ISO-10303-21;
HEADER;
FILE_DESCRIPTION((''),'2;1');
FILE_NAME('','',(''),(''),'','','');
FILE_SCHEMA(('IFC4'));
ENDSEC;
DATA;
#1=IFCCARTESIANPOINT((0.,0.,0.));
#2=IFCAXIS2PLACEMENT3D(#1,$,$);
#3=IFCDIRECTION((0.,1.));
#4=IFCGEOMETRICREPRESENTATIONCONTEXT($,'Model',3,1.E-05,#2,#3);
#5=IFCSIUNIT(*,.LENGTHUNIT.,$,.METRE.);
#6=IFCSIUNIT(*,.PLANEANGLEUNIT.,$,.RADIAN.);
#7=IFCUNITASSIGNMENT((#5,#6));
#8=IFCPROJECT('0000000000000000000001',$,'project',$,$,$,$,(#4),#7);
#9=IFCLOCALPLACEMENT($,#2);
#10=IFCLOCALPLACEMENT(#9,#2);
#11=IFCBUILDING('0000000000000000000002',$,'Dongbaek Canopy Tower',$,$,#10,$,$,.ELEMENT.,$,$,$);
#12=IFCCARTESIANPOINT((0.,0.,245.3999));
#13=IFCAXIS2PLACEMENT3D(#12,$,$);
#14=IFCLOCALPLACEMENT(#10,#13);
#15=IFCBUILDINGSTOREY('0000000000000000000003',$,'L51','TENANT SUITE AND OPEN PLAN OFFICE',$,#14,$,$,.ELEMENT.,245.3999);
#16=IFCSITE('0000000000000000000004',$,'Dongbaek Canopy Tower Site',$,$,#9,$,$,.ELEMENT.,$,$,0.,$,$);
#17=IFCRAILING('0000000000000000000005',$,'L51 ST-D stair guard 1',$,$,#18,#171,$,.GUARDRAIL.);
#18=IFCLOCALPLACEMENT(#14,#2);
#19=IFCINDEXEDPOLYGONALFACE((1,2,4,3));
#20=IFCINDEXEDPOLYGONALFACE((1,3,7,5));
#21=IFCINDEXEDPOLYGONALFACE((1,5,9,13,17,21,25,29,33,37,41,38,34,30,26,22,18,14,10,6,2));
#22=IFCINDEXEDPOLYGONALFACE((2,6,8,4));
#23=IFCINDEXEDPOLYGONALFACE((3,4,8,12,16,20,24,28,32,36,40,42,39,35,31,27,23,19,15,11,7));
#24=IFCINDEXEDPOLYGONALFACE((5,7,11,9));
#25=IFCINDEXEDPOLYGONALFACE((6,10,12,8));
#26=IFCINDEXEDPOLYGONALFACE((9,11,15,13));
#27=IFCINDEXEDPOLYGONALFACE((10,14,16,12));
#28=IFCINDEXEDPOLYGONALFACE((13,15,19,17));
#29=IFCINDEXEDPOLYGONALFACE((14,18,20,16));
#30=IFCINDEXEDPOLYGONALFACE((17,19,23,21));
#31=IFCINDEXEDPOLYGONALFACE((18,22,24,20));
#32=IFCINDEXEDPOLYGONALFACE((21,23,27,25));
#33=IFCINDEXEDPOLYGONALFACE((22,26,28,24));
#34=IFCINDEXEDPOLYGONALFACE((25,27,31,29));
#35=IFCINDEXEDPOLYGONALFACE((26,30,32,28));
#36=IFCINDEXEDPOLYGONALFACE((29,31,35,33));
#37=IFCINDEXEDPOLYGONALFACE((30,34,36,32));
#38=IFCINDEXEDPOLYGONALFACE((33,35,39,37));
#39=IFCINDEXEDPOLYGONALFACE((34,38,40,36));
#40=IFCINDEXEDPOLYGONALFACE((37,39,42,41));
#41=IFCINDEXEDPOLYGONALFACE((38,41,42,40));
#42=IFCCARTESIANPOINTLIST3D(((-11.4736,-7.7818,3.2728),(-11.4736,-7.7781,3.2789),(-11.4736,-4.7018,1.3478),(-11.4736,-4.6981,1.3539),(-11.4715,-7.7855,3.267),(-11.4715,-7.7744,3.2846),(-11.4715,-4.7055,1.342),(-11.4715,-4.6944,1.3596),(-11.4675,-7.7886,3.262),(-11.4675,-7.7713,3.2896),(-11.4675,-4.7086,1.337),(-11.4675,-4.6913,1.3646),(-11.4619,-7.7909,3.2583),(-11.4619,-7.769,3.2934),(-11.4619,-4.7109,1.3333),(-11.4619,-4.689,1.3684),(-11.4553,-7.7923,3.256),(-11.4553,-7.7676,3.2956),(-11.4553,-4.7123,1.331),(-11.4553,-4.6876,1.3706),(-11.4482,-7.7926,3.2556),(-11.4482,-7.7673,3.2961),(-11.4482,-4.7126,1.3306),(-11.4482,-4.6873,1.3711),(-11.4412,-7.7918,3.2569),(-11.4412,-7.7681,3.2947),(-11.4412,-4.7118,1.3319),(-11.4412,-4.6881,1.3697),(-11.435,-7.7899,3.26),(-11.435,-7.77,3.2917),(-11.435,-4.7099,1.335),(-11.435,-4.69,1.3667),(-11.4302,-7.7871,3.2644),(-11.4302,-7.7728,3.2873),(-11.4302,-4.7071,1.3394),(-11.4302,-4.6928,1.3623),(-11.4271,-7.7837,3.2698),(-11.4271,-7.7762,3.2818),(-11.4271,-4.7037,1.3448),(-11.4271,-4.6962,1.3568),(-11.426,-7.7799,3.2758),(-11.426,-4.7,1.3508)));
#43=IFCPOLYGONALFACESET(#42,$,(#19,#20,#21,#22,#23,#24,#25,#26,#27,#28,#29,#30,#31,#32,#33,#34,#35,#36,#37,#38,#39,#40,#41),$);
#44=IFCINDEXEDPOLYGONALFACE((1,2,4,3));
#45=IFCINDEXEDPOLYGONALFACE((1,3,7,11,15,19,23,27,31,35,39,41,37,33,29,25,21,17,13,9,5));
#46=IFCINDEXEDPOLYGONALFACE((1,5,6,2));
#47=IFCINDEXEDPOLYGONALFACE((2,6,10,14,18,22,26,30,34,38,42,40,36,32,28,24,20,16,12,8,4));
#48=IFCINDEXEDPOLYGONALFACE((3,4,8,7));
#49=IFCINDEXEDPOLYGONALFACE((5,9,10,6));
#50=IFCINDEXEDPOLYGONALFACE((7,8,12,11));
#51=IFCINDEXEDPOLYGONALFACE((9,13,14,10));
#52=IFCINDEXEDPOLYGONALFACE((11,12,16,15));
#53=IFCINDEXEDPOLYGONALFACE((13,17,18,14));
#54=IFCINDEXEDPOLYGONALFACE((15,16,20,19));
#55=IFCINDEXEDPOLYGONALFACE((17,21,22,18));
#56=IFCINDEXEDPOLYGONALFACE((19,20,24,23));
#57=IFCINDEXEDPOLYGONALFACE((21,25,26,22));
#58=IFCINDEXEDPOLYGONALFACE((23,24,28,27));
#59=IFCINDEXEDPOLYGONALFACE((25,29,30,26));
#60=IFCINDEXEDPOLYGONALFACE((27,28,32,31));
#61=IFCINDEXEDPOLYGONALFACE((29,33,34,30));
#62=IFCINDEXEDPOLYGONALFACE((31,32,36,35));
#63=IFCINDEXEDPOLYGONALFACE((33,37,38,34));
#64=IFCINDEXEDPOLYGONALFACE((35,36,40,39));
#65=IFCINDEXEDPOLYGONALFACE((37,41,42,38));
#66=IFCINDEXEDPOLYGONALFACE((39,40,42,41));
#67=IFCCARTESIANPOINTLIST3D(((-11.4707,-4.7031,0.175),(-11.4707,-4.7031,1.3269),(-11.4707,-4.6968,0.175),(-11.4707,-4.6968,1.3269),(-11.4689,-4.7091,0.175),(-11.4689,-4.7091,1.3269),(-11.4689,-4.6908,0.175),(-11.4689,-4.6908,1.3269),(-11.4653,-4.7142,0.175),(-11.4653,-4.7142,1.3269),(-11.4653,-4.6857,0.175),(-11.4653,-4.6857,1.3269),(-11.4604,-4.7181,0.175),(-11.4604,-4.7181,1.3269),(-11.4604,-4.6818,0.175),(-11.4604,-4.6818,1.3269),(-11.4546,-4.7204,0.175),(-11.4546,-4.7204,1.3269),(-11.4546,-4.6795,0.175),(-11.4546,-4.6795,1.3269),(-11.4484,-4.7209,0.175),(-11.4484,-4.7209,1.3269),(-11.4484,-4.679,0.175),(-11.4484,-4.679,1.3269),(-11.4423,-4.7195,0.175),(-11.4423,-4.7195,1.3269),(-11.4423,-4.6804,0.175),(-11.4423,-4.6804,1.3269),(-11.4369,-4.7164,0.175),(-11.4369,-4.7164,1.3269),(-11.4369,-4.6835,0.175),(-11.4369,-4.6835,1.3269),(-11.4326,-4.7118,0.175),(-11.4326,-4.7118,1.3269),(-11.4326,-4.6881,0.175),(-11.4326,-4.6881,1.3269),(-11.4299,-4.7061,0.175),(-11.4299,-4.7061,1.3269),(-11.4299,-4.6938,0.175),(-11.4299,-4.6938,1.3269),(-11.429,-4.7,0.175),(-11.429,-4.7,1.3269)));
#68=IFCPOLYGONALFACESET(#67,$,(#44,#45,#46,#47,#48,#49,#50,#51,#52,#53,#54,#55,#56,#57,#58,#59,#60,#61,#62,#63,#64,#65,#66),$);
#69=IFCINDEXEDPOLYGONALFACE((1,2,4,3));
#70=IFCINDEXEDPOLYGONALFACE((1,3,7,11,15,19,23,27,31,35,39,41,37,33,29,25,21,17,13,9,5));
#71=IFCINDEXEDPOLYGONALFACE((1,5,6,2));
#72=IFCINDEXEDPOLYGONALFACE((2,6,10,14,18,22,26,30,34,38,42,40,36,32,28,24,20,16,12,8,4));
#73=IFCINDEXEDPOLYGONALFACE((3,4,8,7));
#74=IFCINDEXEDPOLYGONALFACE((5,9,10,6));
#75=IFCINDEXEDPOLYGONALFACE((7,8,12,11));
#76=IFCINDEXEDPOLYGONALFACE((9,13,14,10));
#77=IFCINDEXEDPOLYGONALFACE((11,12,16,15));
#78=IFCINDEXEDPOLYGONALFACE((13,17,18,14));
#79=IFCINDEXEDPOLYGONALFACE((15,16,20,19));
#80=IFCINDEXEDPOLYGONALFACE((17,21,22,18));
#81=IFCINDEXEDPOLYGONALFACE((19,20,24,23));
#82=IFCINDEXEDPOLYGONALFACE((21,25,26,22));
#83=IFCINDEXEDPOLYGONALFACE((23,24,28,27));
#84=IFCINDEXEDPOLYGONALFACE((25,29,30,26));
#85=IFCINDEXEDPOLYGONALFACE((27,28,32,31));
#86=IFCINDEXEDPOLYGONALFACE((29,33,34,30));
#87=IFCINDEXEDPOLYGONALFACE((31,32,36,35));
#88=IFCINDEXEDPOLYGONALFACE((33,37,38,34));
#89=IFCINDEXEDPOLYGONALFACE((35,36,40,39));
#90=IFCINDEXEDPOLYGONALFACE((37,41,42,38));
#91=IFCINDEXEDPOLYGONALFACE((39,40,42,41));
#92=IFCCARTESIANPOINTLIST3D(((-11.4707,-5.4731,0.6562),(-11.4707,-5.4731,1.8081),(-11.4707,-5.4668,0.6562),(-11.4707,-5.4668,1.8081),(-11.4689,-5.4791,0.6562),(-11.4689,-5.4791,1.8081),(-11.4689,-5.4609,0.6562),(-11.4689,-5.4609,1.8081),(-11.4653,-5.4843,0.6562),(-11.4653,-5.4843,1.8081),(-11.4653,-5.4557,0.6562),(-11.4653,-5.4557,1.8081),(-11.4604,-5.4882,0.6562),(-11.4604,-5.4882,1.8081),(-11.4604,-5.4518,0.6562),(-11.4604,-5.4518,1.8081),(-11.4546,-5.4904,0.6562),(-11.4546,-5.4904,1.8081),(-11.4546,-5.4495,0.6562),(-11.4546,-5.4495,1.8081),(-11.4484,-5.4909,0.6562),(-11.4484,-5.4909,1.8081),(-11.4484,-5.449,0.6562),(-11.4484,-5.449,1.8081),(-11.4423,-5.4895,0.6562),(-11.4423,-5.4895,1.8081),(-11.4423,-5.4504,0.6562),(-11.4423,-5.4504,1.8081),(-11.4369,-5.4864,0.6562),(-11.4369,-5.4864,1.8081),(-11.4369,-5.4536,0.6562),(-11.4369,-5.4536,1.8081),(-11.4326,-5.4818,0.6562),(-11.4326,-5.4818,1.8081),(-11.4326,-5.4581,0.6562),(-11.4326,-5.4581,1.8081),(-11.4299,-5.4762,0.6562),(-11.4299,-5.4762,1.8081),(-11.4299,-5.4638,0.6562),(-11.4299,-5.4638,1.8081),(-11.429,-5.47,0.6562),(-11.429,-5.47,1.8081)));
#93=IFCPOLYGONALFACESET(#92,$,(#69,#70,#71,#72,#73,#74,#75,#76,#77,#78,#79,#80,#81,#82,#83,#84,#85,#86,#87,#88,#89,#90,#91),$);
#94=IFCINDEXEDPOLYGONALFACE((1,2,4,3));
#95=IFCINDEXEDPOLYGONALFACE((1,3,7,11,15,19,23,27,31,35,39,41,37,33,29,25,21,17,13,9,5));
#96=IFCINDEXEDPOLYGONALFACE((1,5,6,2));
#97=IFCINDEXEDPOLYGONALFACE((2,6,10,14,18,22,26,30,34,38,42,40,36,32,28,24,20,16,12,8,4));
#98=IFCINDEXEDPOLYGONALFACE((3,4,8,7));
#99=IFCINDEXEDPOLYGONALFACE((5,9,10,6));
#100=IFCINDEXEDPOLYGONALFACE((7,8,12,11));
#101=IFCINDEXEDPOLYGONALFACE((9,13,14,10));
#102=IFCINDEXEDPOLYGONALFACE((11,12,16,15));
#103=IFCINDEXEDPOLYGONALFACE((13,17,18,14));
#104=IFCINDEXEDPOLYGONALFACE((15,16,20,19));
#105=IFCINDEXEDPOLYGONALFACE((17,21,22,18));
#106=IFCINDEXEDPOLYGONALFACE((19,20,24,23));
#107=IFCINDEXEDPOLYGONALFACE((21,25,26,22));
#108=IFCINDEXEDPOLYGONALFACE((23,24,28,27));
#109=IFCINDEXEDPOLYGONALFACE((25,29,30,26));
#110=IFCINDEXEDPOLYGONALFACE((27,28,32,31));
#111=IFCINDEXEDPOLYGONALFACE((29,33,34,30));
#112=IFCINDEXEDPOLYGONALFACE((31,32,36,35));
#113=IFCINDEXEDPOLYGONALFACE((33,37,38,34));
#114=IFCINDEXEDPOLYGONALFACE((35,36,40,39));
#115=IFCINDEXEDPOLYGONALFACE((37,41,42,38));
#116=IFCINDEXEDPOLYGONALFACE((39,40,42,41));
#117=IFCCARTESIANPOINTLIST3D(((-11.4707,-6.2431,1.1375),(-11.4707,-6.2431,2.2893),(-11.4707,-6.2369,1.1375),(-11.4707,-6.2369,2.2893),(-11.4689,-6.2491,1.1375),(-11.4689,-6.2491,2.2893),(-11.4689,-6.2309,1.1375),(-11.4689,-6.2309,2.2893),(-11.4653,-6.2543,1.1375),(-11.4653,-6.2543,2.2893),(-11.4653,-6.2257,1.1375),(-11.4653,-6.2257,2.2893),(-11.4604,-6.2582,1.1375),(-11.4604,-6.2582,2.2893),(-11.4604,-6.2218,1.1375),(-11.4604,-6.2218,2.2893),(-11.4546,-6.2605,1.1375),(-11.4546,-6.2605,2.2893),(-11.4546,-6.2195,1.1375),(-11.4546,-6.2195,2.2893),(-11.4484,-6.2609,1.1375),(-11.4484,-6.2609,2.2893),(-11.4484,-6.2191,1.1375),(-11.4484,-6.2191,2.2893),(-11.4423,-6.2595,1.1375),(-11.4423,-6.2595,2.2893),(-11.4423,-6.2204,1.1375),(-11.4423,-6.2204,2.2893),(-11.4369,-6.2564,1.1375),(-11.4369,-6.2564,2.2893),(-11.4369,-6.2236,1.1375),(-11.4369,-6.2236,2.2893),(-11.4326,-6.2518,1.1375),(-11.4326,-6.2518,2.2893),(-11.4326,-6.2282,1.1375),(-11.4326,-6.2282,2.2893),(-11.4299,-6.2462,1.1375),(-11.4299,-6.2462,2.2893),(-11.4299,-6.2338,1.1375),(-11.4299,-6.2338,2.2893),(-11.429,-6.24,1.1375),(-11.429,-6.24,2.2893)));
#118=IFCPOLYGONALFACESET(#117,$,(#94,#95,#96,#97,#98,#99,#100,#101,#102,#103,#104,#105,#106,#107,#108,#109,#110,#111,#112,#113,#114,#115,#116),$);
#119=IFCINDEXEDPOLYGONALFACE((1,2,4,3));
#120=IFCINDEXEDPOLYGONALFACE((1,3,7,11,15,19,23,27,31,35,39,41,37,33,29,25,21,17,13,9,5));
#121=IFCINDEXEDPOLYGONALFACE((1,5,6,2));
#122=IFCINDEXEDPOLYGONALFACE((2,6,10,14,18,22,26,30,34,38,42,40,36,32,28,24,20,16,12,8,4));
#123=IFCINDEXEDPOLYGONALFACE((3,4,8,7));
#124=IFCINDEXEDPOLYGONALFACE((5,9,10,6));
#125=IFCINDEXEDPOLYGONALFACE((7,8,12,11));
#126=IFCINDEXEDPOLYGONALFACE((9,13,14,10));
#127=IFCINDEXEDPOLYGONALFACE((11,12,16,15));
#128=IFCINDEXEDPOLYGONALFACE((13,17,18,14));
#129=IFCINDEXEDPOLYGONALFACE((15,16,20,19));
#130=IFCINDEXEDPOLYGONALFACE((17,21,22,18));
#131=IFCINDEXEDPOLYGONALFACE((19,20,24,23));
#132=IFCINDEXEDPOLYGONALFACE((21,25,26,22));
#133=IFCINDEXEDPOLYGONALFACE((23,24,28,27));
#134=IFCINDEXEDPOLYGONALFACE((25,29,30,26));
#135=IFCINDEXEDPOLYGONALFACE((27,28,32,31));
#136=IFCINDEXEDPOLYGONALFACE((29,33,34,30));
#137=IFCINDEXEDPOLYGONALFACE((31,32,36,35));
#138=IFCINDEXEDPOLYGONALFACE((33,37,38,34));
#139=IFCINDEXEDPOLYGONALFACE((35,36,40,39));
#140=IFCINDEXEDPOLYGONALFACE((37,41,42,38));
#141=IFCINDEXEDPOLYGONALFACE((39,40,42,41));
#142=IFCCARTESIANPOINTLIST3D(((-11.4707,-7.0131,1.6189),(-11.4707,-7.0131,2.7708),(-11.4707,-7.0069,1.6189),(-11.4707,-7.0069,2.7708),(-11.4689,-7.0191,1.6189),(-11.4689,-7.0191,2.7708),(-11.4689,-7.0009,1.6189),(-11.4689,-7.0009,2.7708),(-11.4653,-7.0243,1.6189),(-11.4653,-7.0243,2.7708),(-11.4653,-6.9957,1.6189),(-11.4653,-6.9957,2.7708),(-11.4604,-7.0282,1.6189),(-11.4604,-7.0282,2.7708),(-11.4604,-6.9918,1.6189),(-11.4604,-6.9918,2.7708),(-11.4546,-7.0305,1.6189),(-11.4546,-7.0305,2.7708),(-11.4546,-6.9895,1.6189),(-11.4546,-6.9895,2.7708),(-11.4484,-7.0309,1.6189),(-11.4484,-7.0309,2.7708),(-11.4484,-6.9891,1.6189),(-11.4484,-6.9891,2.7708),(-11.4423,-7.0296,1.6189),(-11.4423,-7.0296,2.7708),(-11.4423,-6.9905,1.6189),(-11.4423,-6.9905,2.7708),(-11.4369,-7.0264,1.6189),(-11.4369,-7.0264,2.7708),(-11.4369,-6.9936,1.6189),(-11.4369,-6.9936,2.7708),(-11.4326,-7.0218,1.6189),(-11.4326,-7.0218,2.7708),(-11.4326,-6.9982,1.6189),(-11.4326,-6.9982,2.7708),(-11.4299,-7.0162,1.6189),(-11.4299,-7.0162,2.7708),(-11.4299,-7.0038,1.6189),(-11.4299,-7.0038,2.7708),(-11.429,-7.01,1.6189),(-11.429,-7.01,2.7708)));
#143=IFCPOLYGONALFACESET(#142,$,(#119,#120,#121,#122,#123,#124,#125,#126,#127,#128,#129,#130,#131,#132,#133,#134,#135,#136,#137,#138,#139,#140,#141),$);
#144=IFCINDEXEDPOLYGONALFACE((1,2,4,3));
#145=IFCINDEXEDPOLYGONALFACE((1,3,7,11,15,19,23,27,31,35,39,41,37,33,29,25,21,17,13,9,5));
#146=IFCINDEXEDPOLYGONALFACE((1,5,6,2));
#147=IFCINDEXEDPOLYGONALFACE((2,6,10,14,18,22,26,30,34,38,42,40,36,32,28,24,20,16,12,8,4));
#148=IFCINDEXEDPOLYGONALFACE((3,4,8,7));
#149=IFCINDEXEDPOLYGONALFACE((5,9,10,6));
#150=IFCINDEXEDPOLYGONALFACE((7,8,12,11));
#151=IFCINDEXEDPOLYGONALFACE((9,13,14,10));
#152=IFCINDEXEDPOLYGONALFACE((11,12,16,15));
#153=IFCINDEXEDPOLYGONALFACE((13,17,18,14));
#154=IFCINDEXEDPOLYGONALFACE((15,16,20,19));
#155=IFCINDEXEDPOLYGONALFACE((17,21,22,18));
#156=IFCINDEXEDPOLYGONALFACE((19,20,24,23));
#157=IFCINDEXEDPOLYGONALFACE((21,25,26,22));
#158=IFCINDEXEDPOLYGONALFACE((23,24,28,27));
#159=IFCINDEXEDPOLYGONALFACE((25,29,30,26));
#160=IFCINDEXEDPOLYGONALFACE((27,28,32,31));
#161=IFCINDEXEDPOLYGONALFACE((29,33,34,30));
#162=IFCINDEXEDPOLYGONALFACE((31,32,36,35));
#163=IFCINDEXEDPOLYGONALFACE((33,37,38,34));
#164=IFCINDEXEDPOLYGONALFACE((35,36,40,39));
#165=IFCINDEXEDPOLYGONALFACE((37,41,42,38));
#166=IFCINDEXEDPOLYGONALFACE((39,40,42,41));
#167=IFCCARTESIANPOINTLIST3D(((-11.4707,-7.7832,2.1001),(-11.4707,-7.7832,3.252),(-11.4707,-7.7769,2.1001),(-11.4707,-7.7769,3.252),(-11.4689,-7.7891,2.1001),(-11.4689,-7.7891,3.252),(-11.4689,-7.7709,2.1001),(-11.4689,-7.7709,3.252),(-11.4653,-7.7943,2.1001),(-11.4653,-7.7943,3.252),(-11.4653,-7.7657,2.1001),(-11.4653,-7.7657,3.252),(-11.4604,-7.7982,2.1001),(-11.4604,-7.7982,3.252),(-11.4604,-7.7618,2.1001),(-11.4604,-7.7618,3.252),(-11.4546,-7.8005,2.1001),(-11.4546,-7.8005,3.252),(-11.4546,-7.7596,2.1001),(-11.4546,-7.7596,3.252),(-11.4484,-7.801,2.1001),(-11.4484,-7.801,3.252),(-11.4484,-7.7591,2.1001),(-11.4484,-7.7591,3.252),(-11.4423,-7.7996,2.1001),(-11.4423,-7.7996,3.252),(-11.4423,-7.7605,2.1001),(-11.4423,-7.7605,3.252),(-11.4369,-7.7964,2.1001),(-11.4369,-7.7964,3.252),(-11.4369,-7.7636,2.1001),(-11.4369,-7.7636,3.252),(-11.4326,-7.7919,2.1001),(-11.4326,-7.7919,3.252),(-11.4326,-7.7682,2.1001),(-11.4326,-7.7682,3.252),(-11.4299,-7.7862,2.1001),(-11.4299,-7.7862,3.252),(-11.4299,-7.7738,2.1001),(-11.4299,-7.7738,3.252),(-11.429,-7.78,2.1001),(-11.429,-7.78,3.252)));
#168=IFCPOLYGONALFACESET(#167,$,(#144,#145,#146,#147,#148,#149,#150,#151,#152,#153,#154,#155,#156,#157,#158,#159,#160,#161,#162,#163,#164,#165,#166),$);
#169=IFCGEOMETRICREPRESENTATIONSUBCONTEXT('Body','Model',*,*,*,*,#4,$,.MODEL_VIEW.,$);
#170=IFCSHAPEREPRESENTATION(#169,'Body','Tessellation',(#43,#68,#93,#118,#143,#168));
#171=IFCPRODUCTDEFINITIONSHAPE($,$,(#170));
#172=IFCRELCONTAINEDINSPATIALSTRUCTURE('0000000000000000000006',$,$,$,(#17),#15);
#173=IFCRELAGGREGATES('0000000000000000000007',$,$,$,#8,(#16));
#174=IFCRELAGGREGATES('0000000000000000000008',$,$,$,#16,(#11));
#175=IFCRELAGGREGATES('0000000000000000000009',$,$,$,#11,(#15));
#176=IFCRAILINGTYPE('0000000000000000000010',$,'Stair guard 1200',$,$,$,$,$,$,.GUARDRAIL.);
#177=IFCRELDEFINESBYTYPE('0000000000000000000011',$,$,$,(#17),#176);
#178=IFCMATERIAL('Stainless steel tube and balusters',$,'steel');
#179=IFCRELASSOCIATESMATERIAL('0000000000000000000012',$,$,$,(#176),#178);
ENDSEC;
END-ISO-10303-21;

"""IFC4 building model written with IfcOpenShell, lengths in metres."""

from ifc_helpers import new_model, si_unit, direction, frame, origin, origin_2d, place, context, subcontext, project, spatial, circle, extrude, material, type_object, element, save


model = new_model("IFC4")

# Units and contexts
model_context = context("Model", 3, precision=1e-05, world=origin(), true_north=direction((0.0, 1.0)))
body_context = subcontext(model_context, "Body", "Model", "MODEL_VIEW")
ifc_project = project(units=[si_unit("LENGTHUNIT", "METRE"), si_unit("PLANEANGLEUNIT", "RADIAN")], contexts=[model_context])

# Site, building, storey
site_placement = place(None, origin())
site = spatial("IfcSite", under=ifc_project, at=site_placement, Name="Dongbaek Canopy Tower Site", CompositionType="ELEMENT", RefElevation=0.0)
building_placement = place(site_placement, origin())
building = spatial("IfcBuilding", under=site, at=building_placement, Name="Dongbaek Canopy Tower", CompositionType="ELEMENT")
storey_placement = place(building_placement, frame((0.0, 0.0, 245.3999)))
storey = spatial("IfcBuildingStorey", under=building, at=storey_placement, Name="L51", Description="TENANT SUITE AND OPEN PLAN OFFICE", CompositionType="ELEMENT", Elevation=245.3999)

# Railing
ifc_material_1 = material(Name="Stainless steel tube and balusters", Category="steel")
railing_type_1 = type_object("IfcRailingType", Name="Stair guard 1200", PredefinedType="GUARDRAIL", material=ifc_material_1)
railing_1_placement = place(storey_placement, frame((-11.45, -4.7, 0.175)))
element("IfcRailing", 1, at=railing_1_placement, inside=storey, type_object=railing_type_1, Name="L51 ST-D stair guard 1", PredefinedType="GUARDRAIL", context=body_context, shape_type="SweptSolid", body=[
    extrude(circle(Radius=0.0239, at=origin_2d()), frame((0.0, 0.0, 1.1758), z_axis=(0.0, -0.847998, 0.529999), x_axis=(1.0, 0.0, 0.0)), (0.0, 0.0, 1.0), 3.6321),
    extrude(circle(Radius=0.021, at=origin_2d()), origin(), (0.0, 0.0, 1.0), 1.1519),
    extrude(circle(Radius=0.021, at=origin_2d()), frame((0.0, -0.77, 0.4812)), (0.0, 0.0, 1.0), 1.1519),
    extrude(circle(Radius=0.021, at=origin_2d()), frame((0.0, -1.54, 0.9624)), (0.0, 0.0, 1.0), 1.1519),
    extrude(circle(Radius=0.021, at=origin_2d()), frame((0.0, -2.3101, 1.4438)), (0.0, 0.0, 1.0), 1.1519),
    extrude(circle(Radius=0.021, at=origin_2d()), frame((0.0, -3.0801, 1.925)), (0.0, 0.0, 1.0), 1.1519),
])

save(model, "model.ifc")
